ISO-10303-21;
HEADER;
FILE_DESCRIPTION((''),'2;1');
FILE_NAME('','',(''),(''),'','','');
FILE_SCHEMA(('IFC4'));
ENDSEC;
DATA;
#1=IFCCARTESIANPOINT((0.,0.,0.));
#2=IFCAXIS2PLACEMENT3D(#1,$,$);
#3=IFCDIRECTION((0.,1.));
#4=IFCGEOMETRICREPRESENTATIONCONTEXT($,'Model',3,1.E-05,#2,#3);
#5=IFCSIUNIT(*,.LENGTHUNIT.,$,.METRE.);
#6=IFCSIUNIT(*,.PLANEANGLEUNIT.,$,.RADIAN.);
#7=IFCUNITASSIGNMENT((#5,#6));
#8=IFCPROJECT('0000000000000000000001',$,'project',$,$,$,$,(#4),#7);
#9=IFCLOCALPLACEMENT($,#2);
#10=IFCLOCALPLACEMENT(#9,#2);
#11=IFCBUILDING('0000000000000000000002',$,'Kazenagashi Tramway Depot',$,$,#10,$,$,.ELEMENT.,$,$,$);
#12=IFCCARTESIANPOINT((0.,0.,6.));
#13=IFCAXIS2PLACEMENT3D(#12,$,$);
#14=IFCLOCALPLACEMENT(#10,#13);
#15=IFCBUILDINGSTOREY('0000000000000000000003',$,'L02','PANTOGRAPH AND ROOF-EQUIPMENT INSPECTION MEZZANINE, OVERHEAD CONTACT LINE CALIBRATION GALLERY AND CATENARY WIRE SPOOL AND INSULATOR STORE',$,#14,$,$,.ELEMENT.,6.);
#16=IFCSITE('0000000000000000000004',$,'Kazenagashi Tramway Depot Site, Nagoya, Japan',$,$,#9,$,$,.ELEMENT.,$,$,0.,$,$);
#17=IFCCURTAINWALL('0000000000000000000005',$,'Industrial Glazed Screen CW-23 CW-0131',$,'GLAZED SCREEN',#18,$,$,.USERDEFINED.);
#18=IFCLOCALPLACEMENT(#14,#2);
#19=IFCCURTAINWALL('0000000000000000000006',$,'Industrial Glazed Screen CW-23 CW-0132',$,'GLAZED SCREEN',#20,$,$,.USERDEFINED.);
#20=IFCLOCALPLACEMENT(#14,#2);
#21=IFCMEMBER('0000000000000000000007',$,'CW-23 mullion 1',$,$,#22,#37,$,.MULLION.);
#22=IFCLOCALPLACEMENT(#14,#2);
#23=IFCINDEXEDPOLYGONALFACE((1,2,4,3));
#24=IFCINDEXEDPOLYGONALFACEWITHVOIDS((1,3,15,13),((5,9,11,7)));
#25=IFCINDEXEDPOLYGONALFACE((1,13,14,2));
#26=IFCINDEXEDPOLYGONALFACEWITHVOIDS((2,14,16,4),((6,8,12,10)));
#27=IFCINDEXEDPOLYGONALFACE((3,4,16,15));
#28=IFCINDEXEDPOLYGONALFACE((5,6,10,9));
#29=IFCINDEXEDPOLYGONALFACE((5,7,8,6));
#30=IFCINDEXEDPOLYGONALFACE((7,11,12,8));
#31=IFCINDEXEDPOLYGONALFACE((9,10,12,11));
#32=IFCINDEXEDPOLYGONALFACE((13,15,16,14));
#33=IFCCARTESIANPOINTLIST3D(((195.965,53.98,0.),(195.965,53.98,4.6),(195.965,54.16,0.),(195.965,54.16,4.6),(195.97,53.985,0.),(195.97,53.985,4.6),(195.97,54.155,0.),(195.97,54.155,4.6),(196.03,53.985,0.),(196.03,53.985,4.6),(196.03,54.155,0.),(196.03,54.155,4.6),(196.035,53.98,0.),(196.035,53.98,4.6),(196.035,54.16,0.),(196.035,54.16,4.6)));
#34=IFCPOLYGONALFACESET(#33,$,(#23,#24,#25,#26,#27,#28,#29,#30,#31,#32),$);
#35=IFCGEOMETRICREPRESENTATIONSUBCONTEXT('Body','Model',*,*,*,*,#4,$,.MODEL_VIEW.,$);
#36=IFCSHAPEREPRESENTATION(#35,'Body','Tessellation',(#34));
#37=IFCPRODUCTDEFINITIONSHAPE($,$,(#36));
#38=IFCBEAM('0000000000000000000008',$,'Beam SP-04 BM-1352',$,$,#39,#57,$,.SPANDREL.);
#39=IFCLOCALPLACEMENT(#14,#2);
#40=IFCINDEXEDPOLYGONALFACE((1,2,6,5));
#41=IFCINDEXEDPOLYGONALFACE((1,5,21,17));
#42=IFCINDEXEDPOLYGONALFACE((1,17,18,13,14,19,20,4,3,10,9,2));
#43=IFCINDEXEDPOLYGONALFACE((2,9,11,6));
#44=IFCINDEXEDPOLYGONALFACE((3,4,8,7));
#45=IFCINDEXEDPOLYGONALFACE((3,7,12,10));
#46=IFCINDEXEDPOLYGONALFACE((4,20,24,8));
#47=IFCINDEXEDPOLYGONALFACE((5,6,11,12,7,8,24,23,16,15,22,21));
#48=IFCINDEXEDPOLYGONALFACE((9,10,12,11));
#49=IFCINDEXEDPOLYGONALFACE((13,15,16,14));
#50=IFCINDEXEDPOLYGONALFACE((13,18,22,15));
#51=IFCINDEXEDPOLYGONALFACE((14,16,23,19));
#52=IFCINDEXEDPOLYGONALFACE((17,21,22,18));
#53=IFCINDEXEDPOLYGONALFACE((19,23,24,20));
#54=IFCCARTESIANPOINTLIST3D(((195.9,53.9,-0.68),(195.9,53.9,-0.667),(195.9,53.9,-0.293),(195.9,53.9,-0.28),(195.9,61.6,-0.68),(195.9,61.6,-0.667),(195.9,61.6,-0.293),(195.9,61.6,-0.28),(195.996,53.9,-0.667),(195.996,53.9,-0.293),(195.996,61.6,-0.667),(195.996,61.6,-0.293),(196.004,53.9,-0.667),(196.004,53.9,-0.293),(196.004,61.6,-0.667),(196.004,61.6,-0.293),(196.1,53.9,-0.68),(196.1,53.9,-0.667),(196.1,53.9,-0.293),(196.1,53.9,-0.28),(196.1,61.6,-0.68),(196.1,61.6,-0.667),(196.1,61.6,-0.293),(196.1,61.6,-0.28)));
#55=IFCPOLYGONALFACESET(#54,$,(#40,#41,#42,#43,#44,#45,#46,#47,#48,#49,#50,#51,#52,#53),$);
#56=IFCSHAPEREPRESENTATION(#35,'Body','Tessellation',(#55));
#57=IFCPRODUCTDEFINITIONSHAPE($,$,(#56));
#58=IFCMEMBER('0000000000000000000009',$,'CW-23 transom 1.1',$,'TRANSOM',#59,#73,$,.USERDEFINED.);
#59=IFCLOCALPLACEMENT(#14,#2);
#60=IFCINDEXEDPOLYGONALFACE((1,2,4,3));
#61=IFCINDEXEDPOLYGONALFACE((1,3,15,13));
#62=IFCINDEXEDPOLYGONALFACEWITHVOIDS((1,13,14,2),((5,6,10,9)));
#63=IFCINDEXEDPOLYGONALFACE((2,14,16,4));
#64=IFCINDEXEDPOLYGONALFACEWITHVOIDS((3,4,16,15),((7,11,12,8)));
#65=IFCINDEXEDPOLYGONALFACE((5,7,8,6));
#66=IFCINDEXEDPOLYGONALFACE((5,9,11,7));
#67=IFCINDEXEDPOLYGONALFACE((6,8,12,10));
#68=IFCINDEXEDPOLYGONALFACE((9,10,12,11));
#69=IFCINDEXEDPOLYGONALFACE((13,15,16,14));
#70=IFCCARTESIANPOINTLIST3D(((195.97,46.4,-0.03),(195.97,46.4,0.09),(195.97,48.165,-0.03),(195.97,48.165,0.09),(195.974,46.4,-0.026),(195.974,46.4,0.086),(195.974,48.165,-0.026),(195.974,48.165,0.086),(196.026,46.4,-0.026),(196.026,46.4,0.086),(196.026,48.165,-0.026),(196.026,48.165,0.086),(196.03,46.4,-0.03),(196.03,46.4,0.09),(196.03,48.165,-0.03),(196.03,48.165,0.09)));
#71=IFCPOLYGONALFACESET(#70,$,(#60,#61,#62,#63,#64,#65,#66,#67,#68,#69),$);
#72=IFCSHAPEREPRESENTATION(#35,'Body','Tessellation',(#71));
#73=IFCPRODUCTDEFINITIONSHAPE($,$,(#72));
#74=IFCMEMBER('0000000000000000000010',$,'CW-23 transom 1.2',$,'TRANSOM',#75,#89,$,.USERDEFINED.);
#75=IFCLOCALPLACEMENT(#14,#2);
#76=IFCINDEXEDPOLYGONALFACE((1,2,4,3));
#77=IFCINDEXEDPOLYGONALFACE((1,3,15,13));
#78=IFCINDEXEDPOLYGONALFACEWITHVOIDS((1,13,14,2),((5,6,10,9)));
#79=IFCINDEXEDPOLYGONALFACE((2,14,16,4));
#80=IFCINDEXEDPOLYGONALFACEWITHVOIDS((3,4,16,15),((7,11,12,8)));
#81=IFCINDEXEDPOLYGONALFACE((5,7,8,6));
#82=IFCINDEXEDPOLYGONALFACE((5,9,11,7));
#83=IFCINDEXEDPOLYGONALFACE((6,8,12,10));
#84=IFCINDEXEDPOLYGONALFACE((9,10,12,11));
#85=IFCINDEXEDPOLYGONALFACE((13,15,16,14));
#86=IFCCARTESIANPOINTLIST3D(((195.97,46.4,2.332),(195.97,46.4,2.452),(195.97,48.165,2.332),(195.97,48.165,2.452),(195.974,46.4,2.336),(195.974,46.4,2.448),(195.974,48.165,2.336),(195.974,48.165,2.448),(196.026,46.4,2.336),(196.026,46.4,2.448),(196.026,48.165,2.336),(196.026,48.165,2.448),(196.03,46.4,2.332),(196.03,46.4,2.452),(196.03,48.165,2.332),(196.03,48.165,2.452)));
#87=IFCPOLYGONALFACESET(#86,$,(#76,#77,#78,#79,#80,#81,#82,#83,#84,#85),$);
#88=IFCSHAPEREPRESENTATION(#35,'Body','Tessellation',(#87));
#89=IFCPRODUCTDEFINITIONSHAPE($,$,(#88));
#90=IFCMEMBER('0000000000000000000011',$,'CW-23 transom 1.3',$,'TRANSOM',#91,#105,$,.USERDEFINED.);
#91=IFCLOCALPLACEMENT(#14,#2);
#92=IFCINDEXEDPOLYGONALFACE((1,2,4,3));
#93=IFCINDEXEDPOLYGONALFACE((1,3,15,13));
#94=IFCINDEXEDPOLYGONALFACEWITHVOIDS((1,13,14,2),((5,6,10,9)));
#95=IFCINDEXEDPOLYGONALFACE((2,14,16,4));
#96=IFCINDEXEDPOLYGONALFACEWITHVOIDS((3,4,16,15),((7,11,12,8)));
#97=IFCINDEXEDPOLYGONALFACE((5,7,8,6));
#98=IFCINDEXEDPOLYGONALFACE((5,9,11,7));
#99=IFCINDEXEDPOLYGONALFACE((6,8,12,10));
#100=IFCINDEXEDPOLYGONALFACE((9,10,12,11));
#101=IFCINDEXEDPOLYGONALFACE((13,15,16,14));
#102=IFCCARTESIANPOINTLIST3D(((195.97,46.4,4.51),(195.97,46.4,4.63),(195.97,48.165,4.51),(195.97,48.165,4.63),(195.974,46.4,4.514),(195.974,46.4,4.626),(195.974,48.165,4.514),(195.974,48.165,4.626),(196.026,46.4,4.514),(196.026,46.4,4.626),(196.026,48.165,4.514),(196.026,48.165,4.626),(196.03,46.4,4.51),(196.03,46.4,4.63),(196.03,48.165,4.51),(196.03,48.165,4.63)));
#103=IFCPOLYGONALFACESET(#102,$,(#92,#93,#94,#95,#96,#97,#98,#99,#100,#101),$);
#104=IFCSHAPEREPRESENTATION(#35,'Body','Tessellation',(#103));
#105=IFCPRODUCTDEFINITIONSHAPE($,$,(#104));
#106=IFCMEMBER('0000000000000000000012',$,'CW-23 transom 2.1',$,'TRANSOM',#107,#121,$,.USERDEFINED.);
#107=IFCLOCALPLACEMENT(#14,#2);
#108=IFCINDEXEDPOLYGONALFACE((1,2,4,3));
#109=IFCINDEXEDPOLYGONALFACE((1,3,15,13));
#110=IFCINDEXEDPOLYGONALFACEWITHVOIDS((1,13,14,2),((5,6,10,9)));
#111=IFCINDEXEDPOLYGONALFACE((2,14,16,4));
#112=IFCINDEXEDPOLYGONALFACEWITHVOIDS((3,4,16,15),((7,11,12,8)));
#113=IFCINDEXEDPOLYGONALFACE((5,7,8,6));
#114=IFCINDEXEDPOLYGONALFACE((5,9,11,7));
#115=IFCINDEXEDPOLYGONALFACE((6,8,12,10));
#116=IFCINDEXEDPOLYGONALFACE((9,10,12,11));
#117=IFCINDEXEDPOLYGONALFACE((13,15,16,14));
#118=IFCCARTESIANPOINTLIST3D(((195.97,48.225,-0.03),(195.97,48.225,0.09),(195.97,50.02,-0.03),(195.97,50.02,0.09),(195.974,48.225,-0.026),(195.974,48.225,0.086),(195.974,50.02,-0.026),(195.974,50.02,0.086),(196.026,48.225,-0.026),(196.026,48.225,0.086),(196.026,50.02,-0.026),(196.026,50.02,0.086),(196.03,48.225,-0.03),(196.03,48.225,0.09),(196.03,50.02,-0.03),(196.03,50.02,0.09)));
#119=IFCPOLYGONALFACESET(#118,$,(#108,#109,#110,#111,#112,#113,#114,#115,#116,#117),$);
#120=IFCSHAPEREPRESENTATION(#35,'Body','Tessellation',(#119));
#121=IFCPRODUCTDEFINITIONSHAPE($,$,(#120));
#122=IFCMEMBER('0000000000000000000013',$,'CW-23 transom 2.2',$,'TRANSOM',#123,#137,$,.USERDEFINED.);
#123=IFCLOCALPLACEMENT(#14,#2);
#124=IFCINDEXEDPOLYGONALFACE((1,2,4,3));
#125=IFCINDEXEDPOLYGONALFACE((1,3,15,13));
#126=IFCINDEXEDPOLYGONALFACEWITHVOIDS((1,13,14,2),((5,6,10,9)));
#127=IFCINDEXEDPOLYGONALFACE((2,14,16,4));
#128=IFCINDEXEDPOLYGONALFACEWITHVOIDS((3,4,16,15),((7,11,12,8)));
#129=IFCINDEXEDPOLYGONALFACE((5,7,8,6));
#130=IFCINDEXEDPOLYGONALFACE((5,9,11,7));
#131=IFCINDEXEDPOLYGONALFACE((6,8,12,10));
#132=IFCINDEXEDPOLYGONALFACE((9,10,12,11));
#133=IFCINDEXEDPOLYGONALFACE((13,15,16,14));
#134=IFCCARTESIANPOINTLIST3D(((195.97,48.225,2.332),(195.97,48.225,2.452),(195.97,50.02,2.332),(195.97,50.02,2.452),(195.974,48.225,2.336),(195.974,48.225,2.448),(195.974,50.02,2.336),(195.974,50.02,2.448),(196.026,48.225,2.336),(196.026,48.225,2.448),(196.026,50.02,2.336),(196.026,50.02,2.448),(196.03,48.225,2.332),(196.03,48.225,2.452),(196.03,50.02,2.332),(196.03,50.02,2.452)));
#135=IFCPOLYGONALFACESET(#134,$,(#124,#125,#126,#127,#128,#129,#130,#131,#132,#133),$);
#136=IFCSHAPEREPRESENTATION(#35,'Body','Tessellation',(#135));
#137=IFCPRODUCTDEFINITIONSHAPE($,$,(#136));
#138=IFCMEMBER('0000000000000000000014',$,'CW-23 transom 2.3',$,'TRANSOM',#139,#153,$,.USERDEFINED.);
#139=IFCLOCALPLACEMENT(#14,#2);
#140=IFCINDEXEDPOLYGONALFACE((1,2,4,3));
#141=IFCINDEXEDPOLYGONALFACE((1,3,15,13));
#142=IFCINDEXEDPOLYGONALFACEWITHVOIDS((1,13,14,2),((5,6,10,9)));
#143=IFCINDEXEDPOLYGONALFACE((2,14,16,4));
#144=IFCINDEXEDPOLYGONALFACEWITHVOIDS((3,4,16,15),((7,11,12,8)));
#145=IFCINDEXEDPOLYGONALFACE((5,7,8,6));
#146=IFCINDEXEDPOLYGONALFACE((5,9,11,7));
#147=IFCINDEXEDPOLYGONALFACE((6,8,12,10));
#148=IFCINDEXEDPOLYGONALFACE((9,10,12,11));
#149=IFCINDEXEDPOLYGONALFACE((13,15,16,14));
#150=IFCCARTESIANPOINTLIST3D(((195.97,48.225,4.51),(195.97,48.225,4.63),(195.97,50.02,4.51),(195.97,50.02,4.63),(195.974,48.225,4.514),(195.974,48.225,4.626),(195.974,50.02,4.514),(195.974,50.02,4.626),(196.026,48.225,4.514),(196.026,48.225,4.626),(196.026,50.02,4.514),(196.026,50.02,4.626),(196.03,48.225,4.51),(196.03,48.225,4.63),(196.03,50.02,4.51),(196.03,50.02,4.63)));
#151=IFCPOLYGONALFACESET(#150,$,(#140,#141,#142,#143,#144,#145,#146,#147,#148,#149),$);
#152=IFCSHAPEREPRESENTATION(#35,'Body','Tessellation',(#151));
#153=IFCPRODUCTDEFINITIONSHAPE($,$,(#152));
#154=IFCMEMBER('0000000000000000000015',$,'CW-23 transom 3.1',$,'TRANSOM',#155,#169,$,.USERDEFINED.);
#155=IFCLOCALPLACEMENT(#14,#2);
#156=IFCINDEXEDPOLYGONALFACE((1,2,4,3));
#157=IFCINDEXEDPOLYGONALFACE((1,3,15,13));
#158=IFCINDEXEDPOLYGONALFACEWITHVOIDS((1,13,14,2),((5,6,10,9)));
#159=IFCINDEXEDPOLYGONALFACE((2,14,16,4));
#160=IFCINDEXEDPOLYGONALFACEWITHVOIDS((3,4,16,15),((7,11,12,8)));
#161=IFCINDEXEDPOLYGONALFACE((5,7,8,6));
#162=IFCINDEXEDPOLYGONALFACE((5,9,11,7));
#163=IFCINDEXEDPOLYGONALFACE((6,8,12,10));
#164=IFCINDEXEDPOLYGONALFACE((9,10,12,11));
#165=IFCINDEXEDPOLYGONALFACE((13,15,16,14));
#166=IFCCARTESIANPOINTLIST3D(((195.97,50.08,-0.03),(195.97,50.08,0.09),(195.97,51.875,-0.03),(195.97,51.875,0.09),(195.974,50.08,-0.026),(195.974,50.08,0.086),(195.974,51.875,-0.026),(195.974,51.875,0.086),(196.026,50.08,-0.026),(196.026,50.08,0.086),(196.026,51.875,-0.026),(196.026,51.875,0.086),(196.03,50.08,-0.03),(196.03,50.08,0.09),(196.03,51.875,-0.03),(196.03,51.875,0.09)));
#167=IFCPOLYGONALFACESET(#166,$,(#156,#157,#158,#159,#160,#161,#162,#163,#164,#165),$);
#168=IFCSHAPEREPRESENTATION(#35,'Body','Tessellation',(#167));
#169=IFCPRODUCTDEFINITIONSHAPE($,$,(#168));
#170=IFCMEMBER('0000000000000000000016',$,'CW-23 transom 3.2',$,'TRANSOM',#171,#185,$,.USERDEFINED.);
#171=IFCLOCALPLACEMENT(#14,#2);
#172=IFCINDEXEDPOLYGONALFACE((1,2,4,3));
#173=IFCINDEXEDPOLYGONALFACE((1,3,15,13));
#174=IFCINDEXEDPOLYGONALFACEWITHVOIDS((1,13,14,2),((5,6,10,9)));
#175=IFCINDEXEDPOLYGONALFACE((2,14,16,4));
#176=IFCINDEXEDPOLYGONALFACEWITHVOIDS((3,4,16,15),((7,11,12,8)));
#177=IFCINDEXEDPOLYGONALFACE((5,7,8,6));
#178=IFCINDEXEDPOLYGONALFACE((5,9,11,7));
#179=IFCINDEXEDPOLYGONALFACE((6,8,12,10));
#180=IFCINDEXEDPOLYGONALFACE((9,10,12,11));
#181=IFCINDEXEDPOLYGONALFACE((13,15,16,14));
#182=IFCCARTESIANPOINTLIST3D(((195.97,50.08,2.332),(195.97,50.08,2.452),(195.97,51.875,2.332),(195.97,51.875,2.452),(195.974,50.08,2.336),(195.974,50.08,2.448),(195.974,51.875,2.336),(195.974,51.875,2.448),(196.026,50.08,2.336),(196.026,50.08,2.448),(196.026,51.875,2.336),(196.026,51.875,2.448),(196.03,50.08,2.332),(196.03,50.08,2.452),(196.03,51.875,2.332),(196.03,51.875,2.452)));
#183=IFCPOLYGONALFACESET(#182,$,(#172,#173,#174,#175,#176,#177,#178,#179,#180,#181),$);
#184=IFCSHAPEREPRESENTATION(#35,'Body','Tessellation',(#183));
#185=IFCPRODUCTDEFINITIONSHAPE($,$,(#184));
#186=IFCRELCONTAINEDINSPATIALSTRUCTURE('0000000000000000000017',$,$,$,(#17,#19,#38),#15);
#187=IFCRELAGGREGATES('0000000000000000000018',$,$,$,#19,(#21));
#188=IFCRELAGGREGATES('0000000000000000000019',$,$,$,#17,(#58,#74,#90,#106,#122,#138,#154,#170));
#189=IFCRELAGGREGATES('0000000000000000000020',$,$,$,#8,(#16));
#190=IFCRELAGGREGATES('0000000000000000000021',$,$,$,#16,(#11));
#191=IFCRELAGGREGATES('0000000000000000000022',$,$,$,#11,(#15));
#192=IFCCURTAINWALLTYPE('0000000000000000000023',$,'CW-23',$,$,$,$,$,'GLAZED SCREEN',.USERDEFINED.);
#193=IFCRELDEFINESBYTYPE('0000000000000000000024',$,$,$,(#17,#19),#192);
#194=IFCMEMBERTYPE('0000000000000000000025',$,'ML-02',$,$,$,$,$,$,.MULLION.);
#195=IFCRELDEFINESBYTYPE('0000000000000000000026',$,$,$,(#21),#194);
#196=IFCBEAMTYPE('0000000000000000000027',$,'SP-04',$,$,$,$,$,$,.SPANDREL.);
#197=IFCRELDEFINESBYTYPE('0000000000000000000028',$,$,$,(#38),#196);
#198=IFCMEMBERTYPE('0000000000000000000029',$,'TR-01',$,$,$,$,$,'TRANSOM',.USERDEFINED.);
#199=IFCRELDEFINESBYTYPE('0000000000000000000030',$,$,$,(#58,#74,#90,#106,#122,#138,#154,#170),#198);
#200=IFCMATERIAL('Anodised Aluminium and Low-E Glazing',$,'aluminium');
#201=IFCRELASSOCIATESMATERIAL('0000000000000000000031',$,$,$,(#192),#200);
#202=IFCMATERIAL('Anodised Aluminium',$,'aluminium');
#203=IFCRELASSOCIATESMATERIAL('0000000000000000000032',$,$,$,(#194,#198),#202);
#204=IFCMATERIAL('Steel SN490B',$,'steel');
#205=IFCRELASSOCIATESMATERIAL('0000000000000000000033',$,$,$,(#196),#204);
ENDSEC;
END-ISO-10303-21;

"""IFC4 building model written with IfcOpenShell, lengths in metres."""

from ifc_helpers import new_model, si_unit, direction, frame, origin, origin_2d, place, context, subcontext, project, spatial, hollow_rectangle, i_section, extrude, material, material_profile, profile_set, type_object, element, aggregate, save


model = new_model("IFC4")

# Units and contexts
model_context = context("Model", 3, precision=1e-05, world=origin(), true_north=direction((0.0, 1.0)))
body_context = subcontext(model_context, "Body", "Model", "MODEL_VIEW")
ifc_project = project(units=[si_unit("LENGTHUNIT", "METRE"), si_unit("PLANEANGLEUNIT", "RADIAN")], contexts=[model_context])

# Site, building, storey
site_placement = place(None, origin())
site = spatial("IfcSite", under=ifc_project, at=site_placement, Name="Kazenagashi Tramway Depot Site, Nagoya, Japan", CompositionType="ELEMENT", RefElevation=0.0)
building_placement = place(site_placement, origin())
building = spatial("IfcBuilding", under=site, at=building_placement, Name="Kazenagashi Tramway Depot", CompositionType="ELEMENT")
storey_placement = place(building_placement, frame((0.0, 0.0, 6.0)))
storey = spatial("IfcBuildingStorey", under=building, at=storey_placement, Name="L02", Description="PANTOGRAPH AND ROOF-EQUIPMENT INSPECTION MEZZANINE, OVERHEAD CONTACT LINE CALIBRATION GALLERY AND CATENARY WIRE SPOOL AND INSULATOR STORE", CompositionType="ELEMENT", Elevation=6.0)

# Shared definitions
ifc_material_1 = material(Name="Steel SN490B", Category="steel")

# Curtain wall
ifc_material_2 = material(Name="Anodised Aluminium and Low-E Glazing", Category="aluminium")
curtain_wall_type = type_object("IfcCurtainWallType", Name="CW-23", ElementType="GLAZED SCREEN", PredefinedType="USERDEFINED", material=ifc_material_2)
curtain_wall_1_placement = place(storey_placement, origin())
curtain_wall_1 = element("IfcCurtainWall", 1, at=curtain_wall_1_placement, inside=storey, type_object=curtain_wall_type, Name="Industrial Glazed Screen CW-23 CW-0131", ObjectType="GLAZED SCREEN", PredefinedType="USERDEFINED")
ifc_material_3 = material(Name="Anodised Aluminium", Category="aluminium")
ifc_material_profile_1 = material_profile(ifc_material_3, hollow_rectangle(XDim=0.07, YDim=0.18, WallThickness=0.005, at=origin_2d()), Name="RHS-180x70x5")
ifc_profile_set_1 = profile_set([ifc_material_profile_1], Name="Anodised Aluminium")
member_type_1 = type_object("IfcMemberType", Name="ML-02", PredefinedType="MULLION", material=ifc_profile_set_1)

# Curtain wall, member
curtain_wall_2_placement = place(storey_placement, origin())
curtain_wall_2 = element("IfcCurtainWall", 2, at=curtain_wall_2_placement, inside=storey, type_object=curtain_wall_type, Name="Industrial Glazed Screen CW-23 CW-0132", ObjectType="GLAZED SCREEN", PredefinedType="USERDEFINED")
member_1_placement = place(storey_placement, frame((196.0, 54.07, 0.0), z_axis=(0.0, 0.0, 1.0), x_axis=(-1.0, 0.0, 0.0)))
member_1 = element("IfcMember", 3, at=member_1_placement, type_object=member_type_1, Name="CW-23 mullion 1", PredefinedType="MULLION", context=body_context, shape_type="SweptSolid", body=[
    extrude(hollow_rectangle(XDim=0.07, YDim=0.18, WallThickness=0.005, at=origin_2d()), origin(), (0.0, 0.0, 1.0), 4.6),
])

# Beam
ifc_material_profile_2 = material_profile(ifc_material_1, i_section(OverallWidth=0.2, OverallDepth=0.4, WebThickness=0.008, FlangeThickness=0.013, at=origin_2d()), Name="H-400x200x8x13")
ifc_profile_set_2 = profile_set([ifc_material_profile_2], Name="Steel SN490B")
beam_type_1 = type_object("IfcBeamType", Name="SP-04", PredefinedType="SPANDREL", material=ifc_profile_set_2)
beam_1_placement = place(storey_placement, frame((196.0, 53.9, -0.48), z_axis=(0.0, 1.0, 0.0), x_axis=(-1.0, 0.0, 0.0)))
element("IfcBeam", 4, at=beam_1_placement, inside=storey, type_object=beam_type_1, Name="Beam SP-04 BM-1352", PredefinedType="SPANDREL", context=body_context, shape_type="SweptSolid", body=[
    extrude(i_section(OverallWidth=0.2, OverallDepth=0.4, WebThickness=0.008, FlangeThickness=0.013, at=origin_2d()), origin(), (0.0, 0.0, 1.0), 7.7),
])

# Members
ifc_material_profile_3 = material_profile(ifc_material_3, hollow_rectangle(XDim=0.06, YDim=0.12, WallThickness=0.004, at=origin_2d()), Name="RHS-120x60x4")
ifc_profile_set_3 = profile_set([ifc_material_profile_3], Name="Anodised Aluminium")
member_type_2 = type_object("IfcMemberType", Name="TR-01", ElementType="TRANSOM", PredefinedType="USERDEFINED", material=ifc_profile_set_3)
member_2_placement = place(storey_placement, frame((196.0, 46.4, 0.03), z_axis=(0.0, 1.0, 0.0), x_axis=(-1.0, 0.0, 0.0)))
member_2 = element("IfcMember", 5, at=member_2_placement, type_object=member_type_2, Name="CW-23 transom 1.1", ObjectType="TRANSOM", PredefinedType="USERDEFINED", context=body_context, shape_type="SweptSolid", body=[
    extrude(hollow_rectangle(XDim=0.06, YDim=0.12, WallThickness=0.004, at=origin_2d()), origin(), (0.0, 0.0, 1.0), 1.765),
])
member_3_placement = place(storey_placement, frame((196.0, 46.4, 2.392), z_axis=(0.0, 1.0, 0.0), x_axis=(-1.0, 0.0, 0.0)))
member_3 = element("IfcMember", 6, at=member_3_placement, type_object=member_type_2, Name="CW-23 transom 1.2", ObjectType="TRANSOM", PredefinedType="USERDEFINED", context=body_context, shape_type="SweptSolid", body=[
    extrude(hollow_rectangle(XDim=0.06, YDim=0.12, WallThickness=0.004, at=origin_2d()), origin(), (0.0, 0.0, 1.0), 1.765),
])
member_4_placement = place(storey_placement, frame((196.0, 46.4, 4.57), z_axis=(0.0, 1.0, 0.0), x_axis=(-1.0, 0.0, 0.0)))
member_4 = element("IfcMember", 7, at=member_4_placement, type_object=member_type_2, Name="CW-23 transom 1.3", ObjectType="TRANSOM", PredefinedType="USERDEFINED", context=body_context, shape_type="SweptSolid", body=[
    extrude(hollow_rectangle(XDim=0.06, YDim=0.12, WallThickness=0.004, at=origin_2d()), origin(), (0.0, 0.0, 1.0), 1.765),
])
member_5_placement = place(storey_placement, frame((196.0, 48.225, 0.03), z_axis=(0.0, 1.0, 0.0), x_axis=(-1.0, 0.0, 0.0)))
member_5 = element("IfcMember", 8, at=member_5_placement, type_object=member_type_2, Name="CW-23 transom 2.1", ObjectType="TRANSOM", PredefinedType="USERDEFINED", context=body_context, shape_type="SweptSolid", body=[
    extrude(hollow_rectangle(XDim=0.06, YDim=0.12, WallThickness=0.004, at=origin_2d()), origin(), (0.0, 0.0, 1.0), 1.795),
])
member_6_placement = place(storey_placement, frame((196.0, 48.225, 2.392), z_axis=(0.0, 1.0, 0.0), x_axis=(-1.0, 0.0, 0.0)))
member_6 = element("IfcMember", 9, at=member_6_placement, type_object=member_type_2, Name="CW-23 transom 2.2", ObjectType="TRANSOM", PredefinedType="USERDEFINED", context=body_context, shape_type="SweptSolid", body=[
    extrude(hollow_rectangle(XDim=0.06, YDim=0.12, WallThickness=0.004, at=origin_2d()), origin(), (0.0, 0.0, 1.0), 1.795),
])
member_7_placement = place(storey_placement, frame((196.0, 48.225, 4.57), z_axis=(0.0, 1.0, 0.0), x_axis=(-1.0, 0.0, 0.0)))
member_7 = element("IfcMember", 10, at=member_7_placement, type_object=member_type_2, Name="CW-23 transom 2.3", ObjectType="TRANSOM", PredefinedType="USERDEFINED", context=body_context, shape_type="SweptSolid", body=[
    extrude(hollow_rectangle(XDim=0.06, YDim=0.12, WallThickness=0.004, at=origin_2d()), origin(), (0.0, 0.0, 1.0), 1.795),
])
member_8_placement = place(storey_placement, frame((196.0, 50.08, 0.03), z_axis=(0.0, 1.0, 0.0), x_axis=(-1.0, 0.0, 0.0)))
member_8 = element("IfcMember", 11, at=member_8_placement, type_object=member_type_2, Name="CW-23 transom 3.1", ObjectType="TRANSOM", PredefinedType="USERDEFINED", context=body_context, shape_type="SweptSolid", body=[
    extrude(hollow_rectangle(XDim=0.06, YDim=0.12, WallThickness=0.004, at=origin_2d()), origin(), (0.0, 0.0, 1.0), 1.795),
])
member_9_placement = place(storey_placement, frame((196.0, 50.08, 2.392), z_axis=(0.0, 1.0, 0.0), x_axis=(-1.0, 0.0, 0.0)))
member_9 = element("IfcMember", 12, at=member_9_placement, type_object=member_type_2, Name="CW-23 transom 3.2", ObjectType="TRANSOM", PredefinedType="USERDEFINED", context=body_context, shape_type="SweptSolid", body=[
    extrude(hollow_rectangle(XDim=0.06, YDim=0.12, WallThickness=0.004, at=origin_2d()), origin(), (0.0, 0.0, 1.0), 1.795),
])
aggregate(curtain_wall_2, [member_1])

aggregate(curtain_wall_1, [member_2, member_3, member_4, member_5, member_6, member_7, member_8, member_9])

save(model, "model.ifc")
